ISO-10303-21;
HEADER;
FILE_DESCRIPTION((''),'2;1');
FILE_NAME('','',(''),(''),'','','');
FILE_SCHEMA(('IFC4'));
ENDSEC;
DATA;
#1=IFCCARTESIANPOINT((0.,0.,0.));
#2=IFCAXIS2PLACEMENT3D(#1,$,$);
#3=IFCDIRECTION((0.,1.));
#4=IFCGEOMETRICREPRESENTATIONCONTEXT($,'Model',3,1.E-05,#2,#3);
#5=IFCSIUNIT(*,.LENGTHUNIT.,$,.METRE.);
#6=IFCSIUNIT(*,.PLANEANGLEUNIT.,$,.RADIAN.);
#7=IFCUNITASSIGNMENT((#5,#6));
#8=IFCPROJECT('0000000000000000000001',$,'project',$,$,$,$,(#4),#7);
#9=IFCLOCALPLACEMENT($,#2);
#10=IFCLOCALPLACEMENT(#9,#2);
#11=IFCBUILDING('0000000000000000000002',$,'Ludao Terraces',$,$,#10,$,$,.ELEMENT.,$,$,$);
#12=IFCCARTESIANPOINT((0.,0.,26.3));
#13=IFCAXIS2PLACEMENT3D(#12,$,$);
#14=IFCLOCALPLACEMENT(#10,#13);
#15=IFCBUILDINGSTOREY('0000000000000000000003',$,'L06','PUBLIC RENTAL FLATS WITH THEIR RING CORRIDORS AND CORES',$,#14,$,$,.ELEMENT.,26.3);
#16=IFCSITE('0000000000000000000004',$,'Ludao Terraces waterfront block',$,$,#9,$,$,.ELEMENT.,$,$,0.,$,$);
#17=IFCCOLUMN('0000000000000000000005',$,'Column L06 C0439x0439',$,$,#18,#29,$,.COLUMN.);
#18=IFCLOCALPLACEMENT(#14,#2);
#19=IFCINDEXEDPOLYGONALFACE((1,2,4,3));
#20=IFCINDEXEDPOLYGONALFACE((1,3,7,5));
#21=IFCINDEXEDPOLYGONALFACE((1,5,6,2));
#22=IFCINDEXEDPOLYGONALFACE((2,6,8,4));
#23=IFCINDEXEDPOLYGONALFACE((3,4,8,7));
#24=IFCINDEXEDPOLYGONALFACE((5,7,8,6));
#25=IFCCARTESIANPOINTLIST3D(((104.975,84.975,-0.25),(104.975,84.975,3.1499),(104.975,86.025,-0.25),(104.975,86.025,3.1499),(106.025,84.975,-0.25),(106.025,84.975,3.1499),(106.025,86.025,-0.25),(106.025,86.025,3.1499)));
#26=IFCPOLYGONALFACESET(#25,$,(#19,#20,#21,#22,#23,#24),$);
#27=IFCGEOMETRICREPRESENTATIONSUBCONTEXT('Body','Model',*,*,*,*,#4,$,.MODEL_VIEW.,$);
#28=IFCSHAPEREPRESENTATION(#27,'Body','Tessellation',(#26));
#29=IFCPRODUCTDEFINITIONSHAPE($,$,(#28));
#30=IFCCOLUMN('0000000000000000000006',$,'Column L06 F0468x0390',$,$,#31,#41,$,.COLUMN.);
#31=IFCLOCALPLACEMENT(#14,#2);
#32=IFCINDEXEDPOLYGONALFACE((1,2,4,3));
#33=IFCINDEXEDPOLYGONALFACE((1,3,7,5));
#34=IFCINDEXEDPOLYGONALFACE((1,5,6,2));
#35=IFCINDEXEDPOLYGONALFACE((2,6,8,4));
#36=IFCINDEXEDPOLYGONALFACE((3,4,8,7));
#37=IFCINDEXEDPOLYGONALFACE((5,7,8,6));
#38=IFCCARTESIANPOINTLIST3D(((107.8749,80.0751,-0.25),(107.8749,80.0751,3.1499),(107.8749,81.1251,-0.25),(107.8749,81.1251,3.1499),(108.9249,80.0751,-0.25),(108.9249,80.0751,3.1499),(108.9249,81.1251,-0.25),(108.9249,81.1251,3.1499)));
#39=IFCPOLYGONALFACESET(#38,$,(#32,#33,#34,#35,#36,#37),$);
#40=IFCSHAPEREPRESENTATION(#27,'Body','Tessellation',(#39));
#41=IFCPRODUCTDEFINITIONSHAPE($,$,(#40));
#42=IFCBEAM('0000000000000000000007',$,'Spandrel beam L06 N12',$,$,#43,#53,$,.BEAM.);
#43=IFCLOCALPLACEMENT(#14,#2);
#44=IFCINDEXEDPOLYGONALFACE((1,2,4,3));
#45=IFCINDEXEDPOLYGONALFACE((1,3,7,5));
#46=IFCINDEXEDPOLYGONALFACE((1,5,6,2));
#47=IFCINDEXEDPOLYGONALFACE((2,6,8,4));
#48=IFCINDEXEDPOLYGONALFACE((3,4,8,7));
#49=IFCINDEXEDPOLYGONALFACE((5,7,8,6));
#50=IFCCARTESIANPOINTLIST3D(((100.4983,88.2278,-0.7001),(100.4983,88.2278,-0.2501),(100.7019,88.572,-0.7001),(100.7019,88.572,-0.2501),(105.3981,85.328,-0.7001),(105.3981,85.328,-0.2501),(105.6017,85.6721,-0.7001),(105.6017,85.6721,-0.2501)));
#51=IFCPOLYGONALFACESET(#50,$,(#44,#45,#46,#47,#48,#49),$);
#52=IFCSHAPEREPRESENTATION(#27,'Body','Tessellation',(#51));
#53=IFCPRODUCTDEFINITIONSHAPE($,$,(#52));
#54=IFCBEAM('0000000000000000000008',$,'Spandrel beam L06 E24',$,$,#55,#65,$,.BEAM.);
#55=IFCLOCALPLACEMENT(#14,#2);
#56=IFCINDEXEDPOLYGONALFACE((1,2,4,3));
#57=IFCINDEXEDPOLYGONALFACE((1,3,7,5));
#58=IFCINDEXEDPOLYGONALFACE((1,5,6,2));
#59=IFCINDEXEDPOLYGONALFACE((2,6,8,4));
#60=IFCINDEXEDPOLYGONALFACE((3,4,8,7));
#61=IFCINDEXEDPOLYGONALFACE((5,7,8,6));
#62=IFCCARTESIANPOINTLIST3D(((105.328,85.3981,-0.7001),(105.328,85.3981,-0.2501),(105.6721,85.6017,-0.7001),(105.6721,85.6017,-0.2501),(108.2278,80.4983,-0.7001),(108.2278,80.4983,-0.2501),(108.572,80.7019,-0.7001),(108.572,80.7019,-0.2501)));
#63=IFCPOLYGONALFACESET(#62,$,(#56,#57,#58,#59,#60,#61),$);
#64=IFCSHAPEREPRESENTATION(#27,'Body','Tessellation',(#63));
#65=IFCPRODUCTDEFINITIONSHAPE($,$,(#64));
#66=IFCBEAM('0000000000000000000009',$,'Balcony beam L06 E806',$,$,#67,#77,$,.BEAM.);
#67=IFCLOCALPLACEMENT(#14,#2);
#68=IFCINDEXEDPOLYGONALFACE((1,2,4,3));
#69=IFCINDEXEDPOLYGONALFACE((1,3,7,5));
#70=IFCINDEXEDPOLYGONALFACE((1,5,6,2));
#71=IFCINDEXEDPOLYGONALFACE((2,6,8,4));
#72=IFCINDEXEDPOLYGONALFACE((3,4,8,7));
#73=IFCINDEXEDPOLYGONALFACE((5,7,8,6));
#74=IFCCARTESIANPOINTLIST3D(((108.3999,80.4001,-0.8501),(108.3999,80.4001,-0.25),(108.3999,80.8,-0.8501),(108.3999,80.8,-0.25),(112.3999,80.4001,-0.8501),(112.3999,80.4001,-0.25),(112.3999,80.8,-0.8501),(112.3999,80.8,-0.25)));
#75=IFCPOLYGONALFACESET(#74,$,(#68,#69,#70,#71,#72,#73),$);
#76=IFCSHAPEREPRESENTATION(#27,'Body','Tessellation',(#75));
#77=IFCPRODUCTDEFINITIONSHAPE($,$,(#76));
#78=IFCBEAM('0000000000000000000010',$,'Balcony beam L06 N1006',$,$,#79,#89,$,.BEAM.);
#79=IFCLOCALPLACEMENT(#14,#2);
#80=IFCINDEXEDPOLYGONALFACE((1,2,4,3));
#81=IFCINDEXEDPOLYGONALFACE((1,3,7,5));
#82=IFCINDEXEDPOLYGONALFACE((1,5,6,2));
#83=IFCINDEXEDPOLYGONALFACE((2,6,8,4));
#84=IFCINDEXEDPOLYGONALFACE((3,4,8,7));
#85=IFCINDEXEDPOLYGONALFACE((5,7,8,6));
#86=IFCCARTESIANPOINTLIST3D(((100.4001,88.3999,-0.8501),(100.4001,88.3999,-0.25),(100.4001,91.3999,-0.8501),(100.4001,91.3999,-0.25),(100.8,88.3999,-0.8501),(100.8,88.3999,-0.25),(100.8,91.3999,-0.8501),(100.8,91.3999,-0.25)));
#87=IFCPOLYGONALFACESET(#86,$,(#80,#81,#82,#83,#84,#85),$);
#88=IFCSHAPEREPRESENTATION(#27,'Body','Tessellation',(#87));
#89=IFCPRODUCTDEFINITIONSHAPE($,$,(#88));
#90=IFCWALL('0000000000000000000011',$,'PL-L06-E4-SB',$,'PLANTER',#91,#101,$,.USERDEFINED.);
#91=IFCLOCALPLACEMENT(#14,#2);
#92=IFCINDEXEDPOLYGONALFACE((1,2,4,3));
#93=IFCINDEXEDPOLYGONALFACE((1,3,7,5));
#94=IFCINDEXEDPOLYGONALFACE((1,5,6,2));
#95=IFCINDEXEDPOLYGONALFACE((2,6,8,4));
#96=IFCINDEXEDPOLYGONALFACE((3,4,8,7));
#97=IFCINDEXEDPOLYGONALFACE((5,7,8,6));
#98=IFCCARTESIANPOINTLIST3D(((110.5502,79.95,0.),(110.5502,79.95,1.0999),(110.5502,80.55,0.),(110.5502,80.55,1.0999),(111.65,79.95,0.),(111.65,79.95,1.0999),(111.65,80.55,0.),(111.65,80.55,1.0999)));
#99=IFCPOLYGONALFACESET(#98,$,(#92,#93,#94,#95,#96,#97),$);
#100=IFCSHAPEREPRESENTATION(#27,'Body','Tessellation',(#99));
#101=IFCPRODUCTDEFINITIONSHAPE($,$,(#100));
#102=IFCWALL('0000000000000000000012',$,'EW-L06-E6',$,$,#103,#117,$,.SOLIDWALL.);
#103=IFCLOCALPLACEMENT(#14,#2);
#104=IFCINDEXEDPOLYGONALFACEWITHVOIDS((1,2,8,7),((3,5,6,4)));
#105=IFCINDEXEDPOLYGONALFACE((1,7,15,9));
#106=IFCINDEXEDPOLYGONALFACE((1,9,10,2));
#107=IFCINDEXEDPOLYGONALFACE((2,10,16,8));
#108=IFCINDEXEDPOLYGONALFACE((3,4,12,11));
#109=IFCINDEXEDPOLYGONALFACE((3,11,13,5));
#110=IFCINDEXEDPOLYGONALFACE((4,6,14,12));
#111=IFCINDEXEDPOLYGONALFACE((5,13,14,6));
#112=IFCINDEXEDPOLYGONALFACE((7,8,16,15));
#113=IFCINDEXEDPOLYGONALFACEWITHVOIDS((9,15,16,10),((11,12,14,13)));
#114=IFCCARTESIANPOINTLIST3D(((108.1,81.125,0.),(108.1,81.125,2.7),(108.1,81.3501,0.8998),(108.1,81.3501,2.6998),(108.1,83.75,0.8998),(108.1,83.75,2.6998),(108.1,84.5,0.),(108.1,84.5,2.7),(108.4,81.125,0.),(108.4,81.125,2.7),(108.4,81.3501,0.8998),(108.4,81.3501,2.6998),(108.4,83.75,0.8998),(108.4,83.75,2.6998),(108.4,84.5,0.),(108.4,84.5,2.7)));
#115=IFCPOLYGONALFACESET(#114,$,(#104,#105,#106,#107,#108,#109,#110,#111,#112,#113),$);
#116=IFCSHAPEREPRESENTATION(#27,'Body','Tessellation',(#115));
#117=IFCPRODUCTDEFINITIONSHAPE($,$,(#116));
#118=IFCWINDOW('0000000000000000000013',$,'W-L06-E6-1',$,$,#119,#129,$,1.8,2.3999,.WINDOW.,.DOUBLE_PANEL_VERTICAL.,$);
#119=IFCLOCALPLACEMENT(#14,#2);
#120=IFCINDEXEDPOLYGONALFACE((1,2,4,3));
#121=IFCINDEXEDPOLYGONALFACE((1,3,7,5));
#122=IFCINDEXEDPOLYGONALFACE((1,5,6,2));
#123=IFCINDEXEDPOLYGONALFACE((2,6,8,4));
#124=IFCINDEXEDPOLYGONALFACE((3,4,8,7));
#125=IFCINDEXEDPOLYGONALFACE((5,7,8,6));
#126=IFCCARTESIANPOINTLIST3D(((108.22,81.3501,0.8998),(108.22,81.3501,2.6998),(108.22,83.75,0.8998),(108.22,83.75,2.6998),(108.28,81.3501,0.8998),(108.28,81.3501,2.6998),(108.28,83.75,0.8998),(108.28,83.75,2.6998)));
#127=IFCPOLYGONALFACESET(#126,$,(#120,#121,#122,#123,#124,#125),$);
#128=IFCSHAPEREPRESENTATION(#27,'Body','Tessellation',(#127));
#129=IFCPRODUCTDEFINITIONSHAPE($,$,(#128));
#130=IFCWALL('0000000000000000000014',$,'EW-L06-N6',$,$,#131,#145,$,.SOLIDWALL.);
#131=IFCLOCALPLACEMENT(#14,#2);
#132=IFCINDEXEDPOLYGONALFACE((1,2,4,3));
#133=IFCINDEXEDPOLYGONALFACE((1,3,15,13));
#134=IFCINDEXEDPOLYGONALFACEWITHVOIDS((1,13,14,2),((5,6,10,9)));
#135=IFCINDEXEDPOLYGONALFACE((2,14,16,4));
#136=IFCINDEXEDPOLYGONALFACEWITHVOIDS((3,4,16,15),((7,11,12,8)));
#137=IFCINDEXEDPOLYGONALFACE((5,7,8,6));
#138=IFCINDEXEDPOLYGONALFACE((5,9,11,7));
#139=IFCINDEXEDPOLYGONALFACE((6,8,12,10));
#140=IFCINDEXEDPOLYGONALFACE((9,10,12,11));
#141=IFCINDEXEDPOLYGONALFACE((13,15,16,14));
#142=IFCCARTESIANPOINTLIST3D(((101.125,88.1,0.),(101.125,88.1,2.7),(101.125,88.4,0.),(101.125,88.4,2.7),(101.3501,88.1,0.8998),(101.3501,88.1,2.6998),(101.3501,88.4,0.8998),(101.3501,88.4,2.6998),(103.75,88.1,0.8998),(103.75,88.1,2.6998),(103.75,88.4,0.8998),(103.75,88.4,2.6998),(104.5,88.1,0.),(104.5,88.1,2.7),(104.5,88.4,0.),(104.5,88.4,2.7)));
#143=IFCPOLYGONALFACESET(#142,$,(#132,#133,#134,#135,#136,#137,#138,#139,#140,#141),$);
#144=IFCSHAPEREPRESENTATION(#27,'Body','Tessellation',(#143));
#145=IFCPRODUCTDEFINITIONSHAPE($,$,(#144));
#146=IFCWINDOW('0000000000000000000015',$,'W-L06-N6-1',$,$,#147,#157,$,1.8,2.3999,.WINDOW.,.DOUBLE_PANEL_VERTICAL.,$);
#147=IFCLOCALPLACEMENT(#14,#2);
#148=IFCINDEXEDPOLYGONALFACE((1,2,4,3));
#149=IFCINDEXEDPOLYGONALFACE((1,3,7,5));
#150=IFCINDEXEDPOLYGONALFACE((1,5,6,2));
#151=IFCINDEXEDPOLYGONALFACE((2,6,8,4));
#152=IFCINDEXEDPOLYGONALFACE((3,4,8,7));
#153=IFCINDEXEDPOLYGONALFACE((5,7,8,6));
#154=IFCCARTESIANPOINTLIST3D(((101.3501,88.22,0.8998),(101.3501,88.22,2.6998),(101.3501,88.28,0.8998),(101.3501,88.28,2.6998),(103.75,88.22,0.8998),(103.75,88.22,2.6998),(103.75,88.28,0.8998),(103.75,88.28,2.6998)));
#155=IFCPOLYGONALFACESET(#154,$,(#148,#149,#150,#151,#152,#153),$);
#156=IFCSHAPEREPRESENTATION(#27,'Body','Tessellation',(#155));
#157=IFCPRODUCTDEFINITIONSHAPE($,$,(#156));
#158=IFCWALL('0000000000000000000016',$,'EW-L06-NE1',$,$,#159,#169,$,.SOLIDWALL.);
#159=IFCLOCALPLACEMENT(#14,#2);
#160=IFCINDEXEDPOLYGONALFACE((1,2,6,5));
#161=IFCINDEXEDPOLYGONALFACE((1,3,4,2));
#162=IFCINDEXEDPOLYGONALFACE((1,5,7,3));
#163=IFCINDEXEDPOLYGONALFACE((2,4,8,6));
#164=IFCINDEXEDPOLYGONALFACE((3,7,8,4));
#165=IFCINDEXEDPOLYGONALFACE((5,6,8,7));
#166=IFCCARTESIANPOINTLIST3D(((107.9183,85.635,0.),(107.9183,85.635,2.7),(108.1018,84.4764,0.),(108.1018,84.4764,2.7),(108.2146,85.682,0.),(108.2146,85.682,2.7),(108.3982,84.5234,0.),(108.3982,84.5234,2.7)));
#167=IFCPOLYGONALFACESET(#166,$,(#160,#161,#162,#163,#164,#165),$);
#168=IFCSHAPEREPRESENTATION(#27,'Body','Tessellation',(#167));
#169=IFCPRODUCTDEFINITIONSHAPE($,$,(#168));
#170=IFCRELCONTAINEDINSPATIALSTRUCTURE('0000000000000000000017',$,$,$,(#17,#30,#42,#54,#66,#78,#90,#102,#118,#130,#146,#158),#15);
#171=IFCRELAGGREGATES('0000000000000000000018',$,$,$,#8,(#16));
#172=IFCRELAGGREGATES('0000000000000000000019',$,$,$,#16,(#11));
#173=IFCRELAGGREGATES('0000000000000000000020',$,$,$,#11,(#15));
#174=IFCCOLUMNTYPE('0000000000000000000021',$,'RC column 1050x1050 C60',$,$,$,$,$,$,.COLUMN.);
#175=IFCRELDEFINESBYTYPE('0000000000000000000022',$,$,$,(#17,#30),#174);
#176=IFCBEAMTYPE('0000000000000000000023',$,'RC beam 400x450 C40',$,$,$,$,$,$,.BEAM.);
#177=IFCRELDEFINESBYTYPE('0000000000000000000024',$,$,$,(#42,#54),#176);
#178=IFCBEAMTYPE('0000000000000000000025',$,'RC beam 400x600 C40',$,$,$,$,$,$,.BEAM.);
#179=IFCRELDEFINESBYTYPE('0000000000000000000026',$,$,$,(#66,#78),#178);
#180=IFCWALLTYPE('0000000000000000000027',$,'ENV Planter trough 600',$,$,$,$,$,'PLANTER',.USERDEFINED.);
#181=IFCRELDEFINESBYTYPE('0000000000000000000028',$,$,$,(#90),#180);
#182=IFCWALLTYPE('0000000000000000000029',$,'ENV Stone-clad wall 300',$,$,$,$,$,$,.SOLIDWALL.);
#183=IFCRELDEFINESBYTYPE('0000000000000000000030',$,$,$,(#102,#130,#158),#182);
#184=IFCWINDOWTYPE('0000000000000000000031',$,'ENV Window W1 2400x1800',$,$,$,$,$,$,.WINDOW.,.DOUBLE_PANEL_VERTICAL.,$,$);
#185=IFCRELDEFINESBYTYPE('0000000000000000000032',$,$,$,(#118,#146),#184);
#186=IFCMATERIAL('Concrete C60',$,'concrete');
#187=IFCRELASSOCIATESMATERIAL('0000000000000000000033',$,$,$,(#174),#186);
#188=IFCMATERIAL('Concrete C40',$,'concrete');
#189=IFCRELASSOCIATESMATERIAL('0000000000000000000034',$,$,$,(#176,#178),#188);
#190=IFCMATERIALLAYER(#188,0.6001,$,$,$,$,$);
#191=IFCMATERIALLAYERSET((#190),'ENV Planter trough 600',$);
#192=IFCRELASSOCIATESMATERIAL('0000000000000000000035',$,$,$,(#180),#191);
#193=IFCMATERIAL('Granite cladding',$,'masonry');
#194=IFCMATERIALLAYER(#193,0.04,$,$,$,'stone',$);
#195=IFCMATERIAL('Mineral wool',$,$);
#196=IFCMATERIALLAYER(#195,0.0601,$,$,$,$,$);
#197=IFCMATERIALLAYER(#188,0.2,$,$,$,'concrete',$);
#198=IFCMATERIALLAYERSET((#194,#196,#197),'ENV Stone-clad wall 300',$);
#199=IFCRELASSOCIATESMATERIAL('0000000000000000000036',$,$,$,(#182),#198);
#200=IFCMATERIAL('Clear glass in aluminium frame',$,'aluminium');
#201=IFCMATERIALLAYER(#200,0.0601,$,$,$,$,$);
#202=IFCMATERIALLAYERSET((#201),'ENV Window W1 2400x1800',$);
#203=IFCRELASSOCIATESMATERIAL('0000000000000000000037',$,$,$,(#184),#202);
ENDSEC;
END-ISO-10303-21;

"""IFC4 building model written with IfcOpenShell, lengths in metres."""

from ifc_helpers import new_model, si_unit, direction, frame, frame_2d, origin, origin_2d, place, context, subcontext, project, spatial, rectangle, extrude, material, layer, layer_set, material_profile, profile_set, type_object, element, fill, save


model = new_model("IFC4")

# Units and contexts
model_context = context("Model", 3, precision=1e-05, world=origin(), true_north=direction((0.0, 1.0)))
body_context = subcontext(model_context, "Body", "Model", "MODEL_VIEW")
ifc_project = project(units=[si_unit("LENGTHUNIT", "METRE"), si_unit("PLANEANGLEUNIT", "RADIAN")], contexts=[model_context])

# Site, building, storey
site_placement = place(None, origin())
site = spatial("IfcSite", under=ifc_project, at=site_placement, Name="Ludao Terraces waterfront block", CompositionType="ELEMENT", RefElevation=0.0)
building_placement = place(site_placement, origin())
building = spatial("IfcBuilding", under=site, at=building_placement, Name="Ludao Terraces", CompositionType="ELEMENT")
storey_placement = place(building_placement, frame((0.0, 0.0, 26.3)))
storey = spatial("IfcBuildingStorey", under=building, at=storey_placement, Name="L06", Description="PUBLIC RENTAL FLATS WITH THEIR RING CORRIDORS AND CORES", CompositionType="ELEMENT", Elevation=26.3)

# Columns
ifc_material_1 = material(Name="Concrete C60", Category="concrete")
ifc_material_profile_1 = material_profile(ifc_material_1, rectangle(XDim=1.05, YDim=1.05, at=origin_2d()), Name="1050 X 1050")
ifc_profile_set_1 = profile_set([ifc_material_profile_1], Name="Concrete C60")
column_type = type_object("IfcColumnType", Name="RC column 1050x1050 C60", PredefinedType="COLUMN", material=ifc_profile_set_1)
for number, where, z_axis, x_axis, name in (
    (1, (105.5, 85.5, -0.25), (0.0, 0.0, 1.0), (1.0, 0.0, 0.0), "Column L06 C0439x0439"),
    (2, (108.3999, 80.6001, -0.25), (0.0, 0.0, 1.0), (1.0, 0.0, 0.0), "Column L06 F0468x0390"),
):
    element("IfcColumn", number, at=place(storey_placement, frame(where, z_axis=z_axis, x_axis=x_axis)), inside=storey, type_object=column_type, Name=name, PredefinedType="COLUMN", context=body_context, shape_type="SweptSolid", body=[
        extrude(rectangle(XDim=1.05, YDim=1.05, at=origin_2d()), origin(), (0.0, 0.0, 1.0), 3.3999),
    ])

# Beams
ifc_material_2 = material(Name="Concrete C40", Category="concrete")
ifc_material_profile_2 = material_profile(ifc_material_2, rectangle(XDim=0.3999, YDim=0.45, at=origin_2d()), Name="400 X 450")
ifc_profile_set_2 = profile_set([ifc_material_profile_2], Name="Concrete C40")
beam_type_1 = type_object("IfcBeamType", Name="RC beam 400x450 C40", PredefinedType="BEAM", material=ifc_profile_set_2)
for number, where, z_axis, x_axis, name in (
    (3, (100.6001, 88.3999, -0.4751), (0.86058, -0.509316, 0.0), (0.509316, 0.86058, 0.0), "Spandrel beam L06 N12"),
    (4, (108.3999, 80.6001, -0.4751), (-0.509316, 0.86058, 0.0), (-0.86058, -0.509316, 0.0), "Spandrel beam L06 E24"),
):
    element("IfcBeam", number, at=place(storey_placement, frame(where, z_axis=z_axis, x_axis=x_axis)), inside=storey, type_object=beam_type_1, Name=name, PredefinedType="BEAM", context=body_context, shape_type="SweptSolid", body=[
        extrude(rectangle(XDim=0.3999, YDim=0.45, at=origin_2d()), origin(), (0.0, 0.0, 1.0), 5.6936),
    ])
ifc_material_profile_3 = material_profile(ifc_material_2, rectangle(XDim=0.3999, YDim=0.6001, at=origin_2d()), Name="400 X 600")
ifc_profile_set_3 = profile_set([ifc_material_profile_3], Name="Concrete C40")
beam_type_2 = type_object("IfcBeamType", Name="RC beam 400x600 C40", PredefinedType="BEAM", material=ifc_profile_set_3)
beam_1_placement = place(storey_placement, frame((108.3999, 80.6001, -0.55), z_axis=(1.0, 0.0, 0.0), x_axis=(0.0, 1.0, 0.0)))
element("IfcBeam", 5, at=beam_1_placement, inside=storey, type_object=beam_type_2, Name="Balcony beam L06 E806", PredefinedType="BEAM", context=body_context, shape_type="SweptSolid", body=[
    extrude(rectangle(XDim=0.3999, YDim=0.6001, at=origin_2d()), origin(), (0.0, 0.0, 1.0), 4.0),
])
beam_2_placement = place(storey_placement, frame((100.6001, 88.3999, -0.55), z_axis=(0.0, 1.0, 0.0), x_axis=(-1.0, 0.0, 0.0)))
element("IfcBeam", 6, at=beam_2_placement, inside=storey, type_object=beam_type_2, Name="Balcony beam L06 N1006", PredefinedType="BEAM", context=body_context, shape_type="SweptSolid", body=[
    extrude(rectangle(XDim=0.3999, YDim=0.6001, at=origin_2d()), origin(), (0.0, 0.0, 1.0), 3.0),
])

# Wall
ifc_layer_1 = layer(ifc_material_2, 0.6001)
ifc_layer_set_1 = layer_set([ifc_layer_1], Name="ENV Planter trough 600")
wall_type_1 = type_object("IfcWallType", Name="ENV Planter trough 600", ElementType="PLANTER", PredefinedType="USERDEFINED", material=ifc_layer_set_1)
wall_1_placement = place(storey_placement, frame((111.6499, 80.25, 0.0), z_axis=(0.0, 0.0, 1.0), x_axis=(-1.0, 0.0, 0.0)))
element("IfcWall", 7, at=wall_1_placement, inside=storey, type_object=wall_type_1, Name="PL-L06-E4-SB", ObjectType="PLANTER", PredefinedType="USERDEFINED", context=body_context, shape_type="SweptSolid", body=[
    extrude(rectangle(XDim=1.0999, YDim=0.6001, at=frame_2d((0.5498, 0.0))), origin(), (0.0, 0.0, 1.0), 1.0999),
])

# Walls, openings, windows
ifc_material_3 = material(Name="Granite cladding", Category="masonry")
ifc_layer_2 = layer(ifc_material_3, 0.04, Category="stone")
ifc_material_4 = material(Name="Mineral wool")
ifc_layer_3 = layer(ifc_material_4, 0.0601)
ifc_layer_4 = layer(ifc_material_2, 0.2, Category="concrete")
ifc_layer_set_2 = layer_set([ifc_layer_2, ifc_layer_3, ifc_layer_4], Name="ENV Stone-clad wall 300")
wall_type_2 = type_object("IfcWallType", Name="ENV Stone-clad wall 300", PredefinedType="SOLIDWALL", material=ifc_layer_set_2)
wall_2_placement = place(storey_placement, frame((108.25, 81.125, 0.0), z_axis=(0.0, 0.0, 1.0), x_axis=(0.0, 1.0, 0.0)))
wall_2 = element("IfcWall", 8, at=wall_2_placement, inside=storey, type_object=wall_type_2, Name="EW-L06-E6", PredefinedType="SOLIDWALL", context=body_context, shape_type="SweptSolid", body=[
    extrude(rectangle(XDim=3.375, YDim=0.3, at=frame_2d((1.6875, 0.0))), origin(), (0.0, 0.0, 1.0), 2.7),
])
opening_1_placement = place(wall_2_placement, frame((0.2251, 0.0, 0.8999)))
opening_1 = element("IfcOpeningElement", 9, at=opening_1_placement, cuts=wall_2, PredefinedType="OPENING", context=body_context, shape_type="SweptSolid", body=[
    extrude(rectangle(XDim=2.3999, YDim=1.8, at=frame_2d((1.2, 0.8999))), frame((0.0, 0.1602, 0.0), z_axis=(0.0, -1.0, 0.0), x_axis=(1.0, 0.0, 0.0)), (0.0, 0.0, 1.0), 0.3201),
])
ifc_material_5 = material(Name="Clear glass in aluminium frame", Category="aluminium")
ifc_layer_5 = layer(ifc_material_5, 0.0601)
ifc_layer_set_3 = layer_set([ifc_layer_5], Name="ENV Window W1 2400x1800")
window_type_1 = type_object("IfcWindowType", Name="ENV Window W1 2400x1800", PartitioningType="DOUBLE_PANEL_VERTICAL", PredefinedType="WINDOW", material=ifc_layer_set_3)
window_1_placement = place(opening_1_placement, origin())
window_1 = element("IfcWindow", 10, at=window_1_placement, inside=storey, type_object=window_type_1, Name="W-L06-E6-1", OverallHeight=1.8, OverallWidth=2.3999, PartitioningType="DOUBLE_PANEL_VERTICAL", PredefinedType="WINDOW", context=body_context, shape_type="SweptSolid", body=[
    extrude(rectangle(XDim=2.3999, YDim=1.8, at=frame_2d((1.2, 0.8999))), frame((0.0, 0.03, 0.0), z_axis=(0.0, -1.0, 0.0), x_axis=(1.0, 0.0, 0.0)), (0.0, 0.0, 1.0), 0.0601),
])
fill(opening_1, window_1)
wall_3_placement = place(storey_placement, frame((101.125, 88.25, 0.0), z_axis=(0.0, 0.0, 1.0), x_axis=(1.0, 0.0, 0.0)))
wall_3 = element("IfcWall", 11, at=wall_3_placement, inside=storey, type_object=wall_type_2, Name="EW-L06-N6", PredefinedType="SOLIDWALL", context=body_context, shape_type="SweptSolid", body=[
    extrude(rectangle(XDim=3.375, YDim=0.3, at=frame_2d((1.6875, 0.0))), origin(), (0.0, 0.0, 1.0), 2.7),
])
opening_2_placement = place(wall_3_placement, frame((0.2251, 0.0, 0.8999)))
opening_2 = element("IfcOpeningElement", 12, at=opening_2_placement, cuts=wall_3, PredefinedType="OPENING", context=body_context, shape_type="SweptSolid", body=[
    extrude(rectangle(XDim=2.3999, YDim=1.8, at=frame_2d((1.2, 0.8999))), frame((0.0, 0.1602, 0.0), z_axis=(0.0, -1.0, 0.0), x_axis=(1.0, 0.0, 0.0)), (0.0, 0.0, 1.0), 0.3201),
])
window_2_placement = place(opening_2_placement, origin())
window_2 = element("IfcWindow", 13, at=window_2_placement, inside=storey, type_object=window_type_1, Name="W-L06-N6-1", OverallHeight=1.8, OverallWidth=2.3999, PartitioningType="DOUBLE_PANEL_VERTICAL", PredefinedType="WINDOW", context=body_context, shape_type="SweptSolid", body=[
    extrude(rectangle(XDim=2.3999, YDim=1.8, at=frame_2d((1.2, 0.8999))), frame((0.0, 0.03, 0.0), z_axis=(0.0, -1.0, 0.0), x_axis=(1.0, 0.0, 0.0)), (0.0, 0.0, 1.0), 0.0601),
])
fill(opening_2, window_2)

# Wall
wall_4_placement = place(storey_placement, frame((108.25, 84.5, 0.0), z_axis=(0.0, 0.0, 1.0), x_axis=(-0.156497, 0.987678, 0.0)))
element("IfcWall", 14, at=wall_4_placement, inside=storey, type_object=wall_type_2, Name="EW-L06-NE1", PredefinedType="SOLIDWALL", context=body_context, shape_type="SweptSolid", body=[
    extrude(rectangle(XDim=1.1731, YDim=0.3, at=frame_2d((0.5864, 0.0))), origin(), (0.0, 0.0, 1.0), 2.7),
])

save(model, "model.ifc")
